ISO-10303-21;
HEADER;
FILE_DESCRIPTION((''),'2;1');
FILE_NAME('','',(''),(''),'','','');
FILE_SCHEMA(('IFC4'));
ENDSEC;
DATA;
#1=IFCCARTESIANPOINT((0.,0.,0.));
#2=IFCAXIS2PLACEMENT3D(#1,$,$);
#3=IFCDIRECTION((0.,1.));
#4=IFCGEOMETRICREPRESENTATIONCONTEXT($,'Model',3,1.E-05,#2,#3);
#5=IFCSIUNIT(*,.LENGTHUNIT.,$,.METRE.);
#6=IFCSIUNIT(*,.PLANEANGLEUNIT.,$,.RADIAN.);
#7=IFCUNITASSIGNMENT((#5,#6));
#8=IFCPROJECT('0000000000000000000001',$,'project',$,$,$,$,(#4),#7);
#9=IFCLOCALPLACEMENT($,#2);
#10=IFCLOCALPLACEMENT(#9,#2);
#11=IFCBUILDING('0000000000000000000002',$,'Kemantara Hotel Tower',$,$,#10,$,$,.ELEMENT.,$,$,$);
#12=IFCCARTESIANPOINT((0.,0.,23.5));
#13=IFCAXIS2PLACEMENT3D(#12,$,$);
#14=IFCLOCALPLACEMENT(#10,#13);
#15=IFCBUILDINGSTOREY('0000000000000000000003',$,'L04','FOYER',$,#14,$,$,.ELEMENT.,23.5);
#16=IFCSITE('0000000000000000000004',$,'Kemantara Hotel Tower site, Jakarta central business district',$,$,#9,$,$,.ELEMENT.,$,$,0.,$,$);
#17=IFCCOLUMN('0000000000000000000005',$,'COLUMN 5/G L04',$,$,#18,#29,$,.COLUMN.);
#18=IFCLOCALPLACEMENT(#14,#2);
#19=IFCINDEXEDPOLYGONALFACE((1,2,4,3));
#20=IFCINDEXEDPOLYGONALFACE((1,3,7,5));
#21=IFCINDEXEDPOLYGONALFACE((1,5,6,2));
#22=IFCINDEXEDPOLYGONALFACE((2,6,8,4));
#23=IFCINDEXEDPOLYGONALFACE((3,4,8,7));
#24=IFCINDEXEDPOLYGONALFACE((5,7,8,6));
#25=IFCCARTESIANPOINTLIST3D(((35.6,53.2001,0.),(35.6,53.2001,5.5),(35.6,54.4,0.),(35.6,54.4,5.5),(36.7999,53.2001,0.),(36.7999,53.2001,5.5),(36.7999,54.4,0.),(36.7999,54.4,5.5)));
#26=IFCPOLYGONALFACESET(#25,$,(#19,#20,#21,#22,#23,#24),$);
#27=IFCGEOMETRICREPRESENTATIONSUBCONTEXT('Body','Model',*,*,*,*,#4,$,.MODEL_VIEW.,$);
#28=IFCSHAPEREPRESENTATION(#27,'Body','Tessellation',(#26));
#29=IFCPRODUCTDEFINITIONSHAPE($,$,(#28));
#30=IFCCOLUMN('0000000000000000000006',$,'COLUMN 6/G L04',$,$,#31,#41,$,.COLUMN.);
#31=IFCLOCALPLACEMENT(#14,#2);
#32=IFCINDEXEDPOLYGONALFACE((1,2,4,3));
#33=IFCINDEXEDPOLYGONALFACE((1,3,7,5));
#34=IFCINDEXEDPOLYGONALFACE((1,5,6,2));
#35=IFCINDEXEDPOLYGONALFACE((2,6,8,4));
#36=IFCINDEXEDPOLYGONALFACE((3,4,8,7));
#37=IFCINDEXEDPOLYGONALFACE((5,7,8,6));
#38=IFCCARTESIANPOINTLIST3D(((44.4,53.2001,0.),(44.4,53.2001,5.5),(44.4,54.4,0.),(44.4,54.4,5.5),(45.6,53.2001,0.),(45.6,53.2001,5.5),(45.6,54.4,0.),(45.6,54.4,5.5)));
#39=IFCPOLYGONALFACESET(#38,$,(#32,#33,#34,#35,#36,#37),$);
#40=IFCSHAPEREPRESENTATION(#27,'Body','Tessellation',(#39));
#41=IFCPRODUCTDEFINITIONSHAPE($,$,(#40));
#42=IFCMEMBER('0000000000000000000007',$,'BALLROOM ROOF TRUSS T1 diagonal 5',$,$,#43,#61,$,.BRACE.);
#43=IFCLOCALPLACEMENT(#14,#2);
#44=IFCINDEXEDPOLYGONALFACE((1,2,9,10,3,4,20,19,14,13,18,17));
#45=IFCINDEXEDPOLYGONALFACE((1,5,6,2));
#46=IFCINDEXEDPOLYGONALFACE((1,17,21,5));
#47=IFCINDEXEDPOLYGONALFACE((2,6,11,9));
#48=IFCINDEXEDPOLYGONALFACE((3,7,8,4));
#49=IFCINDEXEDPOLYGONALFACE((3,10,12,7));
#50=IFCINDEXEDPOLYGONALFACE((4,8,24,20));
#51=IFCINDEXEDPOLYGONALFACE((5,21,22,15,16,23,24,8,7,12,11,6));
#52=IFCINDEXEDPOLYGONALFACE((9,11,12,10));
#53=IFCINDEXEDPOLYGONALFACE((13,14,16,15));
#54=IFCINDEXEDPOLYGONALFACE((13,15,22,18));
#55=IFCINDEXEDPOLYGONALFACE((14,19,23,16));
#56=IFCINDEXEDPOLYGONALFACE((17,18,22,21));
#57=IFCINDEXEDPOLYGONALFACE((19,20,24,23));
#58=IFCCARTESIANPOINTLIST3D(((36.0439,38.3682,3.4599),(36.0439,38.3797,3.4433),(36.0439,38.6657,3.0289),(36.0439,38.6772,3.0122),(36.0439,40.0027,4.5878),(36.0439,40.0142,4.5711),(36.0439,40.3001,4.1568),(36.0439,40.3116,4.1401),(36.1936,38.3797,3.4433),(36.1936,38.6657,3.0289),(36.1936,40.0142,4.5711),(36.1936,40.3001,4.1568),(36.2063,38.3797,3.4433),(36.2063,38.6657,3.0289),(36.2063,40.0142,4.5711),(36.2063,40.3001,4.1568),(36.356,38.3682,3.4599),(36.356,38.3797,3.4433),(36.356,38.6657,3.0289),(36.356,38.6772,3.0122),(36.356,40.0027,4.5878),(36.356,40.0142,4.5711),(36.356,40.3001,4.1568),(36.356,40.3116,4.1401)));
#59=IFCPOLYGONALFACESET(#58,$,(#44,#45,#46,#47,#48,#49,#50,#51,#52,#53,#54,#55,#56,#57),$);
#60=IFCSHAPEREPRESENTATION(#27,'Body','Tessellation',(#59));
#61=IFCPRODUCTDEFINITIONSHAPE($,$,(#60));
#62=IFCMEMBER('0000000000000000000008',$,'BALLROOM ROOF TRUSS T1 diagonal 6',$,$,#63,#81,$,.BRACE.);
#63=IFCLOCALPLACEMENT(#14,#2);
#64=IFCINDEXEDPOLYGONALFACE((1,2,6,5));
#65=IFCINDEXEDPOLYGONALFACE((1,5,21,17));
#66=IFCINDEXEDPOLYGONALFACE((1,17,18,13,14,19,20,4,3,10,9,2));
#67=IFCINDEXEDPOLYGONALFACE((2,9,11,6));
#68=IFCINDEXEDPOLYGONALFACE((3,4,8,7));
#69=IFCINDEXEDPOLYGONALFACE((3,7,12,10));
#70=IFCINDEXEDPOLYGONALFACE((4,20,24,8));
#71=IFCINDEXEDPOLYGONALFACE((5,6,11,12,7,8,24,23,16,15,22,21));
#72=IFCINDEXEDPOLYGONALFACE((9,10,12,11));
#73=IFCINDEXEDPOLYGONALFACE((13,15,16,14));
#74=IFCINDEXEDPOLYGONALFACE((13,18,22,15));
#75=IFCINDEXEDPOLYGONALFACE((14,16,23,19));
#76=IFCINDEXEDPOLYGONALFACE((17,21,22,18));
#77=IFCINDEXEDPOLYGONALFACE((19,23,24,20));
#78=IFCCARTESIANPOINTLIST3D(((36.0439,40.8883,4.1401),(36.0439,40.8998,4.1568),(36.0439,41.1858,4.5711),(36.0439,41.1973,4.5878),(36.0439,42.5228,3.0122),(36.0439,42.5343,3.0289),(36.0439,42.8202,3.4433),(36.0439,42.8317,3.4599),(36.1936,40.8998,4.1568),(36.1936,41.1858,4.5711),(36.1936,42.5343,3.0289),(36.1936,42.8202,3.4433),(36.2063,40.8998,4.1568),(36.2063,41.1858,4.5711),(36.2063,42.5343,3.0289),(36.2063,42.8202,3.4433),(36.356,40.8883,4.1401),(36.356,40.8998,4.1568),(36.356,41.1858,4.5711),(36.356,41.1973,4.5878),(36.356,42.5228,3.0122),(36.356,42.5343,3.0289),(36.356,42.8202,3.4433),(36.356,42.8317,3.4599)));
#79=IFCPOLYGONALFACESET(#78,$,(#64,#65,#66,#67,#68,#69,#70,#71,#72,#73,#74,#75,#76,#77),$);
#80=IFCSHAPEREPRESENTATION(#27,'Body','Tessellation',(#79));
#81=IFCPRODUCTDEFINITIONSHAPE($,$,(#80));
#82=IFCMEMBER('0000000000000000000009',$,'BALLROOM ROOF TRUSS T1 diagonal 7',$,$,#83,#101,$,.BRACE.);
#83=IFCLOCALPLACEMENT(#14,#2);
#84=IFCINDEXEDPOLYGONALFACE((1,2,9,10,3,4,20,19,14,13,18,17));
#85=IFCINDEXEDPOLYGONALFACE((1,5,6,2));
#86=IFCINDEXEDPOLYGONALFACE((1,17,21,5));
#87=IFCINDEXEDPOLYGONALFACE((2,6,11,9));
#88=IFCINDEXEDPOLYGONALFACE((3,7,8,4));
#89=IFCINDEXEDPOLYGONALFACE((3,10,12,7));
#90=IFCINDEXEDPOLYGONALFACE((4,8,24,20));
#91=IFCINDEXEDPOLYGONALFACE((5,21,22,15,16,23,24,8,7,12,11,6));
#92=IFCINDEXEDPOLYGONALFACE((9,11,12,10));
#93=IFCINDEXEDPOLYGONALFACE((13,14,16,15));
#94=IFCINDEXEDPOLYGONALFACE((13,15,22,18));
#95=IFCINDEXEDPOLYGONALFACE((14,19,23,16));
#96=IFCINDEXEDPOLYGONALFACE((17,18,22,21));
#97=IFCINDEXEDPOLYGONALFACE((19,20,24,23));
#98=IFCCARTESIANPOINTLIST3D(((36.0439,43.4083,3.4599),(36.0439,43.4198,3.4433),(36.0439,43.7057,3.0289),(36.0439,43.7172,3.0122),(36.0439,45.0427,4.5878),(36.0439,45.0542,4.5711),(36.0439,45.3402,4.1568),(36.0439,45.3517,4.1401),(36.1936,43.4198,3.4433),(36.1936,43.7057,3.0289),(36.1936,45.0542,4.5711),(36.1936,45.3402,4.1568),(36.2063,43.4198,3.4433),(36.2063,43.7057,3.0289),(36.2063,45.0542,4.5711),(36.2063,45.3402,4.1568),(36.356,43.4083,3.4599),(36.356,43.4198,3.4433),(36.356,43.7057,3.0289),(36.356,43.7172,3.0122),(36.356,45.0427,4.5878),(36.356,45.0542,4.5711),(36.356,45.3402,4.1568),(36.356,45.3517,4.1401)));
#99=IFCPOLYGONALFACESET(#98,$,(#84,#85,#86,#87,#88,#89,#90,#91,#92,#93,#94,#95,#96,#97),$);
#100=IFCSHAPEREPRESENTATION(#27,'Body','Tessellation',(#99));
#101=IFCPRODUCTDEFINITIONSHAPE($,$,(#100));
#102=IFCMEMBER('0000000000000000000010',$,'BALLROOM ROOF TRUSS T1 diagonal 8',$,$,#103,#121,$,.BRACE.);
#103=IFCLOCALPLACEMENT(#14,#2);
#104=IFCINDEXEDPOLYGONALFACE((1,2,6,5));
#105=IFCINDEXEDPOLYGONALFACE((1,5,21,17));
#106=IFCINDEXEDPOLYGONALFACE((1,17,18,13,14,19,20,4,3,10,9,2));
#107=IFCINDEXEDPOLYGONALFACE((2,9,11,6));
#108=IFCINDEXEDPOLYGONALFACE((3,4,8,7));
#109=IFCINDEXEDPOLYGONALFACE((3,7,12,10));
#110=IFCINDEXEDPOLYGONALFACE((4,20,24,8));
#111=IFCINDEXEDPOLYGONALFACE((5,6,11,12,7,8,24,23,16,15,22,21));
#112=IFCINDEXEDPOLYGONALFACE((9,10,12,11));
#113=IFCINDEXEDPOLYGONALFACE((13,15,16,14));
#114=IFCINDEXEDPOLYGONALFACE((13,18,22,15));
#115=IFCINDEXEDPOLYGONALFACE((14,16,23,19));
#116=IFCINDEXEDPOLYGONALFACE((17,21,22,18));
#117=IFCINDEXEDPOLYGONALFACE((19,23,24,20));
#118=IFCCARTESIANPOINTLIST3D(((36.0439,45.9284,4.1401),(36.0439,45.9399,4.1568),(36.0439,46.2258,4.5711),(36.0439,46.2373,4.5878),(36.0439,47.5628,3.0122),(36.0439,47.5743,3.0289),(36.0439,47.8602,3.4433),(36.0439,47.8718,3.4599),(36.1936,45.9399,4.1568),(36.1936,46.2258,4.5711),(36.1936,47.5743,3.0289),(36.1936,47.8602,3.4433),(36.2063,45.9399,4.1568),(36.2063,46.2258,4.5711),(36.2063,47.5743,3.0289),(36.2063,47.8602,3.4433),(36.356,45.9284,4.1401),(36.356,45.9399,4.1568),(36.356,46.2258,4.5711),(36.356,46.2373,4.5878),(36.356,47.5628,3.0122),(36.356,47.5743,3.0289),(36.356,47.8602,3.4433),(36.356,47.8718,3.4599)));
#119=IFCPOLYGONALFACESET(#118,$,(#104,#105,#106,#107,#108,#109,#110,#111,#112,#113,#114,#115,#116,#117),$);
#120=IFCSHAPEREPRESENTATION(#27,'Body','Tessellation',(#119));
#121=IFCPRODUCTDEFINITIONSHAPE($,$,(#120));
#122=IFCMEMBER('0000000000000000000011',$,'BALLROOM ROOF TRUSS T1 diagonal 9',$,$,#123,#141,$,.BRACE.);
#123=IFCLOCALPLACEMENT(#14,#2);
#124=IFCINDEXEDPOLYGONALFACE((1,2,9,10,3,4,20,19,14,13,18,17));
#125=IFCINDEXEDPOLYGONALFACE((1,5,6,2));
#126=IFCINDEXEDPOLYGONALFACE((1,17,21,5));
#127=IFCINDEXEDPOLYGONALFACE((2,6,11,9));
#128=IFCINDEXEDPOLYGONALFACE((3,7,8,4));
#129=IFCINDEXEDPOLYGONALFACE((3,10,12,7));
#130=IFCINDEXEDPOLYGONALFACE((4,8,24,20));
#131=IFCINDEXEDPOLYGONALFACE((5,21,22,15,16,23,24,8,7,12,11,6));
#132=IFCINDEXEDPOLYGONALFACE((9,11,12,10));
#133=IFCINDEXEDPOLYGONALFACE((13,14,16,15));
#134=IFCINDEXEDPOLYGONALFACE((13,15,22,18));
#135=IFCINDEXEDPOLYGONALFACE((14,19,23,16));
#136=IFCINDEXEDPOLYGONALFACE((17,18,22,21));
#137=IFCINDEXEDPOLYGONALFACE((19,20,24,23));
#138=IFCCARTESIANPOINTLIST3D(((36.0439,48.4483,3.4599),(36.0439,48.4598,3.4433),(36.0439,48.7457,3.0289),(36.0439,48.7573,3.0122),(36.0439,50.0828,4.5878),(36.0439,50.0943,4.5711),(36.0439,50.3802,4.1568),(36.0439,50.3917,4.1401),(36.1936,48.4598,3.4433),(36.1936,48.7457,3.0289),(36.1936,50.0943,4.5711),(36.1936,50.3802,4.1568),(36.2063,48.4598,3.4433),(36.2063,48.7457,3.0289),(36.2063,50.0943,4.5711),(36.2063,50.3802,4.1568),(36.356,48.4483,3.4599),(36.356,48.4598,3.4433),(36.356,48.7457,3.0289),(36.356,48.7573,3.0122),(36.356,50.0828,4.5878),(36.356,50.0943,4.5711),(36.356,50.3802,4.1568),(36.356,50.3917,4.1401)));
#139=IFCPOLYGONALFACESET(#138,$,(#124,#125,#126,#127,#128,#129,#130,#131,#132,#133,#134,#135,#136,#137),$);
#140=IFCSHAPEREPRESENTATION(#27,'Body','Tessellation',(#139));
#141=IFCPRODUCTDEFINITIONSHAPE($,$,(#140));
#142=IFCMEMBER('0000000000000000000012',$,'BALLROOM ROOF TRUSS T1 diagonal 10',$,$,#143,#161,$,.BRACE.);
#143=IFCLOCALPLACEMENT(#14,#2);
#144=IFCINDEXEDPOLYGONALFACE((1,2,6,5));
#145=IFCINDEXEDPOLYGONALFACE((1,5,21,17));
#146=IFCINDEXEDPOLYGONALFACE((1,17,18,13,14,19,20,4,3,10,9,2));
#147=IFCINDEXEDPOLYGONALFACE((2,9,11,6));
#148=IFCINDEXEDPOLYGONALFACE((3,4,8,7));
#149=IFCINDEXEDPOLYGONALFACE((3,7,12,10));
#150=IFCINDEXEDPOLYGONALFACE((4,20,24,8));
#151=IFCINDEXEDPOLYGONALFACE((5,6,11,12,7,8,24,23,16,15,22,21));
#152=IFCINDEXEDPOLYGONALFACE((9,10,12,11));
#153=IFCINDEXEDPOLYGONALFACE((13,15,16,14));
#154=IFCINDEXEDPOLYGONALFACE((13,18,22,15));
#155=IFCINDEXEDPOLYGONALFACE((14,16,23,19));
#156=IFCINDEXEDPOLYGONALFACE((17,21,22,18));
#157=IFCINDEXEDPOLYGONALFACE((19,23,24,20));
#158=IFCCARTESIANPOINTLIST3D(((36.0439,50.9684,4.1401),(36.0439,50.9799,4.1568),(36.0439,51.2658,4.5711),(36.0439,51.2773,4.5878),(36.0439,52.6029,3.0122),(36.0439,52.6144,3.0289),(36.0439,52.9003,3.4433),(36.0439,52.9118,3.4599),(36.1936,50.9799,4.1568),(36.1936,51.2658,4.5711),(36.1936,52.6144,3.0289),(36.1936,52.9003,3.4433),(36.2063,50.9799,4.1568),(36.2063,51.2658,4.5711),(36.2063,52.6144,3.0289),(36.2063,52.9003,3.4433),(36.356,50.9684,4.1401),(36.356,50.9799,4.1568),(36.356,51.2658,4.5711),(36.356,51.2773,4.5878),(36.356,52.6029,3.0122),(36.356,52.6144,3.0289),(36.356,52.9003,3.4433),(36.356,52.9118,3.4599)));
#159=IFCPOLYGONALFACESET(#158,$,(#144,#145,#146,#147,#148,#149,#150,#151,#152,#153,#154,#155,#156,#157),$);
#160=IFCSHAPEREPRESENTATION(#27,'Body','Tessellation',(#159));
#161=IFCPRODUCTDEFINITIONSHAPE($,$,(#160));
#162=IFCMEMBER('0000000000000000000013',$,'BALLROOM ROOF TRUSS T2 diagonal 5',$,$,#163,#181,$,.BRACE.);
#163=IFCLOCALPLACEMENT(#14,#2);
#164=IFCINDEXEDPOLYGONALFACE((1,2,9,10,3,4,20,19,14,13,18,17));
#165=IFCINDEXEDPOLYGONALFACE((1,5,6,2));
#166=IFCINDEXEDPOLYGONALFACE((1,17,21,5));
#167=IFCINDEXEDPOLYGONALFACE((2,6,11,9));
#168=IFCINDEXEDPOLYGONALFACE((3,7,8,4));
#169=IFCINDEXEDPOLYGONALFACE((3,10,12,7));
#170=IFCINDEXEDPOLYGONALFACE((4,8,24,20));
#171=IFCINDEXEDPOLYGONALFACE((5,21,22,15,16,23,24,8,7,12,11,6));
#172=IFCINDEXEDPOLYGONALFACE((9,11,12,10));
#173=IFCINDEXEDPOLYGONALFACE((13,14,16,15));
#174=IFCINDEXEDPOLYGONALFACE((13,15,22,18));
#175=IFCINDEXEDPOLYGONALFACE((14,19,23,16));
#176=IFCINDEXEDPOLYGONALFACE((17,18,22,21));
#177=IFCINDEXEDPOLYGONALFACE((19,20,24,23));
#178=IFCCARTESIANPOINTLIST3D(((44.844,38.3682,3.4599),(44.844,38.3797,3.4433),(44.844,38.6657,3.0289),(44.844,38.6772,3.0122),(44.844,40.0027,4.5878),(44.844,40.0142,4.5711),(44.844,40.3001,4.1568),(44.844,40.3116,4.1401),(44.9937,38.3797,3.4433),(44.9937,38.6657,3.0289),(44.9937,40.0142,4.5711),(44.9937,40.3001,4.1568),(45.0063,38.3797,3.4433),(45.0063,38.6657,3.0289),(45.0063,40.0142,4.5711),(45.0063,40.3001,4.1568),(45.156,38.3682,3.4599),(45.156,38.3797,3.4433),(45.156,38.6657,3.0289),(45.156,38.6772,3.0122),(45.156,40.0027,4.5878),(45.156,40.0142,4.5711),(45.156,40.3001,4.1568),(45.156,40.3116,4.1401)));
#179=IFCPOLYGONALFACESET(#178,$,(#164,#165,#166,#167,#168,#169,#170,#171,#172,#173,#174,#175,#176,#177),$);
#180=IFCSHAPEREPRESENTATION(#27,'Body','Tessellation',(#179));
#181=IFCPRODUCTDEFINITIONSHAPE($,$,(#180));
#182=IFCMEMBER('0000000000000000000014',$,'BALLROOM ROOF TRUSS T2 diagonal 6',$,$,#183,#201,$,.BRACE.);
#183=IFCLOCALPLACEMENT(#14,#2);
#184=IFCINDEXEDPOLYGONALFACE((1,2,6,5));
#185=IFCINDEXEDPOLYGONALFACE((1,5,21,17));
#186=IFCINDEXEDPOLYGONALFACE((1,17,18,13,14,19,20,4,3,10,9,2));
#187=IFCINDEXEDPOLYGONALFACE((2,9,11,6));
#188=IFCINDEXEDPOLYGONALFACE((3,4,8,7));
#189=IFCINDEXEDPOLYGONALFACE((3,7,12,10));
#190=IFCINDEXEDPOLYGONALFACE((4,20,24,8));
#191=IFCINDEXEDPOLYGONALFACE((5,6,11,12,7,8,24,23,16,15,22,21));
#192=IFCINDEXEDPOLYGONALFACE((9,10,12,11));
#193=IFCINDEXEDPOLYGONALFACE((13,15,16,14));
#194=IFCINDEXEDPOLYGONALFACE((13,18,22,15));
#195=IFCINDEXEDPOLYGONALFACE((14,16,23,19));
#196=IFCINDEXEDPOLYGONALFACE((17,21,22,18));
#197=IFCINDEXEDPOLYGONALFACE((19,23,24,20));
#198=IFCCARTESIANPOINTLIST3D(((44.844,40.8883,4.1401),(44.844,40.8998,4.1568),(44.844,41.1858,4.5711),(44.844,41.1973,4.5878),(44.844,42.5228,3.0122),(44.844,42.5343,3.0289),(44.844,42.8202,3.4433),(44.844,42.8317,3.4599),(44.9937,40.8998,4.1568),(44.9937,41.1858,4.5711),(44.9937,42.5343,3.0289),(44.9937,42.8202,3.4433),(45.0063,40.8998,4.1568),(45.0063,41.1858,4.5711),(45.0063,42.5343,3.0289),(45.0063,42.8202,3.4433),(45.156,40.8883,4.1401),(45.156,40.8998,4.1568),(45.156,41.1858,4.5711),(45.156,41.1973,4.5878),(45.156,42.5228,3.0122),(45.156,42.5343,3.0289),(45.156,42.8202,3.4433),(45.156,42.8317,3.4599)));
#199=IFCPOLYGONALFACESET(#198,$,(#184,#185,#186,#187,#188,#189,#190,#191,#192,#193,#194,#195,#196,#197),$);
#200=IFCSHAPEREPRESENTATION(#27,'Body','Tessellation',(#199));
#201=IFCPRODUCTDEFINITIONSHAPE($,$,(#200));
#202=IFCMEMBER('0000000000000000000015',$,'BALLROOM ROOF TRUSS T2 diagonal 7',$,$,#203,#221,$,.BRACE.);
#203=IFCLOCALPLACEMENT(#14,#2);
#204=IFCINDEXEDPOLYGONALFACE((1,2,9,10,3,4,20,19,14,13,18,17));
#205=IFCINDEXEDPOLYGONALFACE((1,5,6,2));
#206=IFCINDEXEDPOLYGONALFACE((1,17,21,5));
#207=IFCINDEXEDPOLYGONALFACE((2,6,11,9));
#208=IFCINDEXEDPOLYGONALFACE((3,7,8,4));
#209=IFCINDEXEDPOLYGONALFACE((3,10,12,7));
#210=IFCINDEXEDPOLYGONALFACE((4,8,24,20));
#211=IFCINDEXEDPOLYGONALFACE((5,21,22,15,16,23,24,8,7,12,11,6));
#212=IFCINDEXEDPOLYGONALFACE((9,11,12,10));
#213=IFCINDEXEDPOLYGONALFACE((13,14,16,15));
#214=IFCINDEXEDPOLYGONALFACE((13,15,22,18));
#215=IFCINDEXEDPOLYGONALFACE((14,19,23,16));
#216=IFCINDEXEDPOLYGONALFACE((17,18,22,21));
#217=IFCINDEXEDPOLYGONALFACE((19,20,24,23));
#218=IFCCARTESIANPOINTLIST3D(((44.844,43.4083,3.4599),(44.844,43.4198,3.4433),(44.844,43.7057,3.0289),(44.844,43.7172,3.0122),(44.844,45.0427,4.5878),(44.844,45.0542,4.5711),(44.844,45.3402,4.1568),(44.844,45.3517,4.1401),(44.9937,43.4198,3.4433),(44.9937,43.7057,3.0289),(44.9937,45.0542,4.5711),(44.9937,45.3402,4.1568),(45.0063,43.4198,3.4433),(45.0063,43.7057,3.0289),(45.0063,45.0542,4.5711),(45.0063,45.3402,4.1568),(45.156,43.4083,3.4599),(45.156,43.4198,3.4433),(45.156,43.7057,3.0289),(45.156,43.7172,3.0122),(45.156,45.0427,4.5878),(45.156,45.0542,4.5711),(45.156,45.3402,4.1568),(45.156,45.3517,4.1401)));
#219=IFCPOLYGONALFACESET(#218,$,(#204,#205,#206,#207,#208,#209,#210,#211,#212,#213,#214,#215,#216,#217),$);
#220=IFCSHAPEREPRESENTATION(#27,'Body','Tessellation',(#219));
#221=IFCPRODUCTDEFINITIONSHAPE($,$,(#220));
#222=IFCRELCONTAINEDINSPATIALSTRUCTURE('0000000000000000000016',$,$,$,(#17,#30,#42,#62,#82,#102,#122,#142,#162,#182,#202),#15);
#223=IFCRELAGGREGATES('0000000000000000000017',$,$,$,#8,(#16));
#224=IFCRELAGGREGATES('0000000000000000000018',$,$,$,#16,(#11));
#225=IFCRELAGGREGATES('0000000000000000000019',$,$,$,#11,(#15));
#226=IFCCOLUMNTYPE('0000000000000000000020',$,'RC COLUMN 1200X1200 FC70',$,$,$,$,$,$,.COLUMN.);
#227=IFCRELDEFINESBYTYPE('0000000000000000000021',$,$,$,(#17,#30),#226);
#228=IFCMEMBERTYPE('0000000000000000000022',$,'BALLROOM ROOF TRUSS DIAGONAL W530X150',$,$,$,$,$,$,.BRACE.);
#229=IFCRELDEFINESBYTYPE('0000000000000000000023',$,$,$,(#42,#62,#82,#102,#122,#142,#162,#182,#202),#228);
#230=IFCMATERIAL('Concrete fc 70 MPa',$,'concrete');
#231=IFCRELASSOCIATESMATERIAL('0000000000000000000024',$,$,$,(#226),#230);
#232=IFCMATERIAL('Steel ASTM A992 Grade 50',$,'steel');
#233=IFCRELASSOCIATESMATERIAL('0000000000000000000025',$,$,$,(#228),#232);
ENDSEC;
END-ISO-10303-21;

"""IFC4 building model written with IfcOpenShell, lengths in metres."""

from ifc_helpers import new_model, si_unit, direction, frame, origin, origin_2d, place, context, subcontext, project, spatial, rectangle, i_section, extrude, material, material_profile, profile_set, type_object, element, save


model = new_model("IFC4")

# Units and contexts
model_context = context("Model", 3, precision=1e-05, world=origin(), true_north=direction((0.0, 1.0)))
body_context = subcontext(model_context, "Body", "Model", "MODEL_VIEW")
ifc_project = project(units=[si_unit("LENGTHUNIT", "METRE"), si_unit("PLANEANGLEUNIT", "RADIAN")], contexts=[model_context])

# Site, building, storey
site_placement = place(None, origin())
site = spatial("IfcSite", under=ifc_project, at=site_placement, Name="Kemantara Hotel Tower site, Jakarta central business district", CompositionType="ELEMENT", RefElevation=0.0)
building_placement = place(site_placement, origin())
building = spatial("IfcBuilding", under=site, at=building_placement, Name="Kemantara Hotel Tower", CompositionType="ELEMENT")
storey_placement = place(building_placement, frame((0.0, 0.0, 23.5)))
storey = spatial("IfcBuildingStorey", under=building, at=storey_placement, Name="L04", Description="FOYER", CompositionType="ELEMENT", Elevation=23.5)

# Columns
ifc_material_1 = material(Name="Concrete fc 70 MPa", Category="concrete")
ifc_material_profile_1 = material_profile(ifc_material_1, rectangle(XDim=1.2, YDim=1.2, at=origin_2d()), Name="RC 1200X1200")
ifc_profile_set_1 = profile_set([ifc_material_profile_1], Name="Concrete fc 70 MPa")
column_type = type_object("IfcColumnType", Name="RC COLUMN 1200X1200 FC70", PredefinedType="COLUMN", material=ifc_profile_set_1)
for number, where, z_axis, x_axis, name in (
    (1, (36.2, 53.8, 0.0), (0.0, 0.0, 1.0), (1.0, 0.0, 0.0), "COLUMN 5/G L04"),
    (2, (45.0, 53.8, 0.0), (0.0, 0.0, 1.0), (1.0, 0.0, 0.0), "COLUMN 6/G L04"),
):
    element("IfcColumn", number, at=place(storey_placement, frame(where, z_axis=z_axis, x_axis=x_axis)), inside=storey, type_object=column_type, Name=name, PredefinedType="COLUMN", context=body_context, shape_type="SweptSolid", body=[
        extrude(rectangle(XDim=1.2, YDim=1.2, at=origin_2d()), origin(), (0.0, 0.0, 1.0), 5.5),
    ])

# Members
ifc_material_2 = material(Name="Steel ASTM A992 Grade 50", Category="steel")
ifc_material_profile_2 = material_profile(ifc_material_2, i_section(OverallWidth=0.312, OverallDepth=0.5439, WebThickness=0.0127, FlangeThickness=0.0203, at=origin_2d()), Name="W530X150")
ifc_profile_set_2 = profile_set([ifc_material_profile_2], Name="Steel ASTM A992 Grade 50")
member_type_1 = type_object("IfcMemberType", Name="BALLROOM ROOF TRUSS DIAGONAL W530X150", PredefinedType="BRACE", material=ifc_profile_set_2)
for number, where, z_axis, x_axis, name in (
    (3, (36.2, 38.5227, 3.2361), (0.0, 0.823054, 0.567963), (-1.0, 0.0, 0.0), "BALLROOM ROOF TRUSS T1 diagonal 5"),
    (4, (36.2, 42.6772, 3.2361), (0.0, -0.823054, 0.567963), (1.0, 0.0, 0.0), "BALLROOM ROOF TRUSS T1 diagonal 6"),
    (5, (36.2, 43.5627, 3.2361), (0.0, 0.823054, 0.567963), (-1.0, 0.0, 0.0), "BALLROOM ROOF TRUSS T1 diagonal 7"),
    (6, (36.2, 47.7173, 3.2361), (0.0, -0.823054, 0.567963), (1.0, 0.0, 0.0), "BALLROOM ROOF TRUSS T1 diagonal 8"),
    (7, (36.2, 48.6028, 3.2361), (0.0, 0.823054, 0.567963), (-1.0, 0.0, 0.0), "BALLROOM ROOF TRUSS T1 diagonal 9"),
    (8, (36.2, 52.7573, 3.2361), (0.0, -0.823054, 0.567963), (1.0, 0.0, 0.0), "BALLROOM ROOF TRUSS T1 diagonal 10"),
    (9, (45.0, 38.5227, 3.2361), (0.0, 0.823054, 0.567963), (-1.0, 0.0, 0.0), "BALLROOM ROOF TRUSS T2 diagonal 5"),
    (10, (45.0, 42.6772, 3.2361), (0.0, -0.823054, 0.567963), (1.0, 0.0, 0.0), "BALLROOM ROOF TRUSS T2 diagonal 6"),
    (11, (45.0, 43.5627, 3.2361), (0.0, 0.823054, 0.567963), (-1.0, 0.0, 0.0), "BALLROOM ROOF TRUSS T2 diagonal 7"),
):
    element("IfcMember", number, at=place(storey_placement, frame(where, z_axis=z_axis, x_axis=x_axis)), inside=storey, type_object=member_type_1, Name=name, PredefinedType="BRACE", context=body_context, shape_type="SweptSolid", body=[
        extrude(i_section(OverallWidth=0.312, OverallDepth=0.5439, WebThickness=0.0127, FlangeThickness=0.0203, at=origin_2d()), origin(), (0.0, 0.0, 1.0), 1.9858),
    ])

save(model, "model.ifc")
